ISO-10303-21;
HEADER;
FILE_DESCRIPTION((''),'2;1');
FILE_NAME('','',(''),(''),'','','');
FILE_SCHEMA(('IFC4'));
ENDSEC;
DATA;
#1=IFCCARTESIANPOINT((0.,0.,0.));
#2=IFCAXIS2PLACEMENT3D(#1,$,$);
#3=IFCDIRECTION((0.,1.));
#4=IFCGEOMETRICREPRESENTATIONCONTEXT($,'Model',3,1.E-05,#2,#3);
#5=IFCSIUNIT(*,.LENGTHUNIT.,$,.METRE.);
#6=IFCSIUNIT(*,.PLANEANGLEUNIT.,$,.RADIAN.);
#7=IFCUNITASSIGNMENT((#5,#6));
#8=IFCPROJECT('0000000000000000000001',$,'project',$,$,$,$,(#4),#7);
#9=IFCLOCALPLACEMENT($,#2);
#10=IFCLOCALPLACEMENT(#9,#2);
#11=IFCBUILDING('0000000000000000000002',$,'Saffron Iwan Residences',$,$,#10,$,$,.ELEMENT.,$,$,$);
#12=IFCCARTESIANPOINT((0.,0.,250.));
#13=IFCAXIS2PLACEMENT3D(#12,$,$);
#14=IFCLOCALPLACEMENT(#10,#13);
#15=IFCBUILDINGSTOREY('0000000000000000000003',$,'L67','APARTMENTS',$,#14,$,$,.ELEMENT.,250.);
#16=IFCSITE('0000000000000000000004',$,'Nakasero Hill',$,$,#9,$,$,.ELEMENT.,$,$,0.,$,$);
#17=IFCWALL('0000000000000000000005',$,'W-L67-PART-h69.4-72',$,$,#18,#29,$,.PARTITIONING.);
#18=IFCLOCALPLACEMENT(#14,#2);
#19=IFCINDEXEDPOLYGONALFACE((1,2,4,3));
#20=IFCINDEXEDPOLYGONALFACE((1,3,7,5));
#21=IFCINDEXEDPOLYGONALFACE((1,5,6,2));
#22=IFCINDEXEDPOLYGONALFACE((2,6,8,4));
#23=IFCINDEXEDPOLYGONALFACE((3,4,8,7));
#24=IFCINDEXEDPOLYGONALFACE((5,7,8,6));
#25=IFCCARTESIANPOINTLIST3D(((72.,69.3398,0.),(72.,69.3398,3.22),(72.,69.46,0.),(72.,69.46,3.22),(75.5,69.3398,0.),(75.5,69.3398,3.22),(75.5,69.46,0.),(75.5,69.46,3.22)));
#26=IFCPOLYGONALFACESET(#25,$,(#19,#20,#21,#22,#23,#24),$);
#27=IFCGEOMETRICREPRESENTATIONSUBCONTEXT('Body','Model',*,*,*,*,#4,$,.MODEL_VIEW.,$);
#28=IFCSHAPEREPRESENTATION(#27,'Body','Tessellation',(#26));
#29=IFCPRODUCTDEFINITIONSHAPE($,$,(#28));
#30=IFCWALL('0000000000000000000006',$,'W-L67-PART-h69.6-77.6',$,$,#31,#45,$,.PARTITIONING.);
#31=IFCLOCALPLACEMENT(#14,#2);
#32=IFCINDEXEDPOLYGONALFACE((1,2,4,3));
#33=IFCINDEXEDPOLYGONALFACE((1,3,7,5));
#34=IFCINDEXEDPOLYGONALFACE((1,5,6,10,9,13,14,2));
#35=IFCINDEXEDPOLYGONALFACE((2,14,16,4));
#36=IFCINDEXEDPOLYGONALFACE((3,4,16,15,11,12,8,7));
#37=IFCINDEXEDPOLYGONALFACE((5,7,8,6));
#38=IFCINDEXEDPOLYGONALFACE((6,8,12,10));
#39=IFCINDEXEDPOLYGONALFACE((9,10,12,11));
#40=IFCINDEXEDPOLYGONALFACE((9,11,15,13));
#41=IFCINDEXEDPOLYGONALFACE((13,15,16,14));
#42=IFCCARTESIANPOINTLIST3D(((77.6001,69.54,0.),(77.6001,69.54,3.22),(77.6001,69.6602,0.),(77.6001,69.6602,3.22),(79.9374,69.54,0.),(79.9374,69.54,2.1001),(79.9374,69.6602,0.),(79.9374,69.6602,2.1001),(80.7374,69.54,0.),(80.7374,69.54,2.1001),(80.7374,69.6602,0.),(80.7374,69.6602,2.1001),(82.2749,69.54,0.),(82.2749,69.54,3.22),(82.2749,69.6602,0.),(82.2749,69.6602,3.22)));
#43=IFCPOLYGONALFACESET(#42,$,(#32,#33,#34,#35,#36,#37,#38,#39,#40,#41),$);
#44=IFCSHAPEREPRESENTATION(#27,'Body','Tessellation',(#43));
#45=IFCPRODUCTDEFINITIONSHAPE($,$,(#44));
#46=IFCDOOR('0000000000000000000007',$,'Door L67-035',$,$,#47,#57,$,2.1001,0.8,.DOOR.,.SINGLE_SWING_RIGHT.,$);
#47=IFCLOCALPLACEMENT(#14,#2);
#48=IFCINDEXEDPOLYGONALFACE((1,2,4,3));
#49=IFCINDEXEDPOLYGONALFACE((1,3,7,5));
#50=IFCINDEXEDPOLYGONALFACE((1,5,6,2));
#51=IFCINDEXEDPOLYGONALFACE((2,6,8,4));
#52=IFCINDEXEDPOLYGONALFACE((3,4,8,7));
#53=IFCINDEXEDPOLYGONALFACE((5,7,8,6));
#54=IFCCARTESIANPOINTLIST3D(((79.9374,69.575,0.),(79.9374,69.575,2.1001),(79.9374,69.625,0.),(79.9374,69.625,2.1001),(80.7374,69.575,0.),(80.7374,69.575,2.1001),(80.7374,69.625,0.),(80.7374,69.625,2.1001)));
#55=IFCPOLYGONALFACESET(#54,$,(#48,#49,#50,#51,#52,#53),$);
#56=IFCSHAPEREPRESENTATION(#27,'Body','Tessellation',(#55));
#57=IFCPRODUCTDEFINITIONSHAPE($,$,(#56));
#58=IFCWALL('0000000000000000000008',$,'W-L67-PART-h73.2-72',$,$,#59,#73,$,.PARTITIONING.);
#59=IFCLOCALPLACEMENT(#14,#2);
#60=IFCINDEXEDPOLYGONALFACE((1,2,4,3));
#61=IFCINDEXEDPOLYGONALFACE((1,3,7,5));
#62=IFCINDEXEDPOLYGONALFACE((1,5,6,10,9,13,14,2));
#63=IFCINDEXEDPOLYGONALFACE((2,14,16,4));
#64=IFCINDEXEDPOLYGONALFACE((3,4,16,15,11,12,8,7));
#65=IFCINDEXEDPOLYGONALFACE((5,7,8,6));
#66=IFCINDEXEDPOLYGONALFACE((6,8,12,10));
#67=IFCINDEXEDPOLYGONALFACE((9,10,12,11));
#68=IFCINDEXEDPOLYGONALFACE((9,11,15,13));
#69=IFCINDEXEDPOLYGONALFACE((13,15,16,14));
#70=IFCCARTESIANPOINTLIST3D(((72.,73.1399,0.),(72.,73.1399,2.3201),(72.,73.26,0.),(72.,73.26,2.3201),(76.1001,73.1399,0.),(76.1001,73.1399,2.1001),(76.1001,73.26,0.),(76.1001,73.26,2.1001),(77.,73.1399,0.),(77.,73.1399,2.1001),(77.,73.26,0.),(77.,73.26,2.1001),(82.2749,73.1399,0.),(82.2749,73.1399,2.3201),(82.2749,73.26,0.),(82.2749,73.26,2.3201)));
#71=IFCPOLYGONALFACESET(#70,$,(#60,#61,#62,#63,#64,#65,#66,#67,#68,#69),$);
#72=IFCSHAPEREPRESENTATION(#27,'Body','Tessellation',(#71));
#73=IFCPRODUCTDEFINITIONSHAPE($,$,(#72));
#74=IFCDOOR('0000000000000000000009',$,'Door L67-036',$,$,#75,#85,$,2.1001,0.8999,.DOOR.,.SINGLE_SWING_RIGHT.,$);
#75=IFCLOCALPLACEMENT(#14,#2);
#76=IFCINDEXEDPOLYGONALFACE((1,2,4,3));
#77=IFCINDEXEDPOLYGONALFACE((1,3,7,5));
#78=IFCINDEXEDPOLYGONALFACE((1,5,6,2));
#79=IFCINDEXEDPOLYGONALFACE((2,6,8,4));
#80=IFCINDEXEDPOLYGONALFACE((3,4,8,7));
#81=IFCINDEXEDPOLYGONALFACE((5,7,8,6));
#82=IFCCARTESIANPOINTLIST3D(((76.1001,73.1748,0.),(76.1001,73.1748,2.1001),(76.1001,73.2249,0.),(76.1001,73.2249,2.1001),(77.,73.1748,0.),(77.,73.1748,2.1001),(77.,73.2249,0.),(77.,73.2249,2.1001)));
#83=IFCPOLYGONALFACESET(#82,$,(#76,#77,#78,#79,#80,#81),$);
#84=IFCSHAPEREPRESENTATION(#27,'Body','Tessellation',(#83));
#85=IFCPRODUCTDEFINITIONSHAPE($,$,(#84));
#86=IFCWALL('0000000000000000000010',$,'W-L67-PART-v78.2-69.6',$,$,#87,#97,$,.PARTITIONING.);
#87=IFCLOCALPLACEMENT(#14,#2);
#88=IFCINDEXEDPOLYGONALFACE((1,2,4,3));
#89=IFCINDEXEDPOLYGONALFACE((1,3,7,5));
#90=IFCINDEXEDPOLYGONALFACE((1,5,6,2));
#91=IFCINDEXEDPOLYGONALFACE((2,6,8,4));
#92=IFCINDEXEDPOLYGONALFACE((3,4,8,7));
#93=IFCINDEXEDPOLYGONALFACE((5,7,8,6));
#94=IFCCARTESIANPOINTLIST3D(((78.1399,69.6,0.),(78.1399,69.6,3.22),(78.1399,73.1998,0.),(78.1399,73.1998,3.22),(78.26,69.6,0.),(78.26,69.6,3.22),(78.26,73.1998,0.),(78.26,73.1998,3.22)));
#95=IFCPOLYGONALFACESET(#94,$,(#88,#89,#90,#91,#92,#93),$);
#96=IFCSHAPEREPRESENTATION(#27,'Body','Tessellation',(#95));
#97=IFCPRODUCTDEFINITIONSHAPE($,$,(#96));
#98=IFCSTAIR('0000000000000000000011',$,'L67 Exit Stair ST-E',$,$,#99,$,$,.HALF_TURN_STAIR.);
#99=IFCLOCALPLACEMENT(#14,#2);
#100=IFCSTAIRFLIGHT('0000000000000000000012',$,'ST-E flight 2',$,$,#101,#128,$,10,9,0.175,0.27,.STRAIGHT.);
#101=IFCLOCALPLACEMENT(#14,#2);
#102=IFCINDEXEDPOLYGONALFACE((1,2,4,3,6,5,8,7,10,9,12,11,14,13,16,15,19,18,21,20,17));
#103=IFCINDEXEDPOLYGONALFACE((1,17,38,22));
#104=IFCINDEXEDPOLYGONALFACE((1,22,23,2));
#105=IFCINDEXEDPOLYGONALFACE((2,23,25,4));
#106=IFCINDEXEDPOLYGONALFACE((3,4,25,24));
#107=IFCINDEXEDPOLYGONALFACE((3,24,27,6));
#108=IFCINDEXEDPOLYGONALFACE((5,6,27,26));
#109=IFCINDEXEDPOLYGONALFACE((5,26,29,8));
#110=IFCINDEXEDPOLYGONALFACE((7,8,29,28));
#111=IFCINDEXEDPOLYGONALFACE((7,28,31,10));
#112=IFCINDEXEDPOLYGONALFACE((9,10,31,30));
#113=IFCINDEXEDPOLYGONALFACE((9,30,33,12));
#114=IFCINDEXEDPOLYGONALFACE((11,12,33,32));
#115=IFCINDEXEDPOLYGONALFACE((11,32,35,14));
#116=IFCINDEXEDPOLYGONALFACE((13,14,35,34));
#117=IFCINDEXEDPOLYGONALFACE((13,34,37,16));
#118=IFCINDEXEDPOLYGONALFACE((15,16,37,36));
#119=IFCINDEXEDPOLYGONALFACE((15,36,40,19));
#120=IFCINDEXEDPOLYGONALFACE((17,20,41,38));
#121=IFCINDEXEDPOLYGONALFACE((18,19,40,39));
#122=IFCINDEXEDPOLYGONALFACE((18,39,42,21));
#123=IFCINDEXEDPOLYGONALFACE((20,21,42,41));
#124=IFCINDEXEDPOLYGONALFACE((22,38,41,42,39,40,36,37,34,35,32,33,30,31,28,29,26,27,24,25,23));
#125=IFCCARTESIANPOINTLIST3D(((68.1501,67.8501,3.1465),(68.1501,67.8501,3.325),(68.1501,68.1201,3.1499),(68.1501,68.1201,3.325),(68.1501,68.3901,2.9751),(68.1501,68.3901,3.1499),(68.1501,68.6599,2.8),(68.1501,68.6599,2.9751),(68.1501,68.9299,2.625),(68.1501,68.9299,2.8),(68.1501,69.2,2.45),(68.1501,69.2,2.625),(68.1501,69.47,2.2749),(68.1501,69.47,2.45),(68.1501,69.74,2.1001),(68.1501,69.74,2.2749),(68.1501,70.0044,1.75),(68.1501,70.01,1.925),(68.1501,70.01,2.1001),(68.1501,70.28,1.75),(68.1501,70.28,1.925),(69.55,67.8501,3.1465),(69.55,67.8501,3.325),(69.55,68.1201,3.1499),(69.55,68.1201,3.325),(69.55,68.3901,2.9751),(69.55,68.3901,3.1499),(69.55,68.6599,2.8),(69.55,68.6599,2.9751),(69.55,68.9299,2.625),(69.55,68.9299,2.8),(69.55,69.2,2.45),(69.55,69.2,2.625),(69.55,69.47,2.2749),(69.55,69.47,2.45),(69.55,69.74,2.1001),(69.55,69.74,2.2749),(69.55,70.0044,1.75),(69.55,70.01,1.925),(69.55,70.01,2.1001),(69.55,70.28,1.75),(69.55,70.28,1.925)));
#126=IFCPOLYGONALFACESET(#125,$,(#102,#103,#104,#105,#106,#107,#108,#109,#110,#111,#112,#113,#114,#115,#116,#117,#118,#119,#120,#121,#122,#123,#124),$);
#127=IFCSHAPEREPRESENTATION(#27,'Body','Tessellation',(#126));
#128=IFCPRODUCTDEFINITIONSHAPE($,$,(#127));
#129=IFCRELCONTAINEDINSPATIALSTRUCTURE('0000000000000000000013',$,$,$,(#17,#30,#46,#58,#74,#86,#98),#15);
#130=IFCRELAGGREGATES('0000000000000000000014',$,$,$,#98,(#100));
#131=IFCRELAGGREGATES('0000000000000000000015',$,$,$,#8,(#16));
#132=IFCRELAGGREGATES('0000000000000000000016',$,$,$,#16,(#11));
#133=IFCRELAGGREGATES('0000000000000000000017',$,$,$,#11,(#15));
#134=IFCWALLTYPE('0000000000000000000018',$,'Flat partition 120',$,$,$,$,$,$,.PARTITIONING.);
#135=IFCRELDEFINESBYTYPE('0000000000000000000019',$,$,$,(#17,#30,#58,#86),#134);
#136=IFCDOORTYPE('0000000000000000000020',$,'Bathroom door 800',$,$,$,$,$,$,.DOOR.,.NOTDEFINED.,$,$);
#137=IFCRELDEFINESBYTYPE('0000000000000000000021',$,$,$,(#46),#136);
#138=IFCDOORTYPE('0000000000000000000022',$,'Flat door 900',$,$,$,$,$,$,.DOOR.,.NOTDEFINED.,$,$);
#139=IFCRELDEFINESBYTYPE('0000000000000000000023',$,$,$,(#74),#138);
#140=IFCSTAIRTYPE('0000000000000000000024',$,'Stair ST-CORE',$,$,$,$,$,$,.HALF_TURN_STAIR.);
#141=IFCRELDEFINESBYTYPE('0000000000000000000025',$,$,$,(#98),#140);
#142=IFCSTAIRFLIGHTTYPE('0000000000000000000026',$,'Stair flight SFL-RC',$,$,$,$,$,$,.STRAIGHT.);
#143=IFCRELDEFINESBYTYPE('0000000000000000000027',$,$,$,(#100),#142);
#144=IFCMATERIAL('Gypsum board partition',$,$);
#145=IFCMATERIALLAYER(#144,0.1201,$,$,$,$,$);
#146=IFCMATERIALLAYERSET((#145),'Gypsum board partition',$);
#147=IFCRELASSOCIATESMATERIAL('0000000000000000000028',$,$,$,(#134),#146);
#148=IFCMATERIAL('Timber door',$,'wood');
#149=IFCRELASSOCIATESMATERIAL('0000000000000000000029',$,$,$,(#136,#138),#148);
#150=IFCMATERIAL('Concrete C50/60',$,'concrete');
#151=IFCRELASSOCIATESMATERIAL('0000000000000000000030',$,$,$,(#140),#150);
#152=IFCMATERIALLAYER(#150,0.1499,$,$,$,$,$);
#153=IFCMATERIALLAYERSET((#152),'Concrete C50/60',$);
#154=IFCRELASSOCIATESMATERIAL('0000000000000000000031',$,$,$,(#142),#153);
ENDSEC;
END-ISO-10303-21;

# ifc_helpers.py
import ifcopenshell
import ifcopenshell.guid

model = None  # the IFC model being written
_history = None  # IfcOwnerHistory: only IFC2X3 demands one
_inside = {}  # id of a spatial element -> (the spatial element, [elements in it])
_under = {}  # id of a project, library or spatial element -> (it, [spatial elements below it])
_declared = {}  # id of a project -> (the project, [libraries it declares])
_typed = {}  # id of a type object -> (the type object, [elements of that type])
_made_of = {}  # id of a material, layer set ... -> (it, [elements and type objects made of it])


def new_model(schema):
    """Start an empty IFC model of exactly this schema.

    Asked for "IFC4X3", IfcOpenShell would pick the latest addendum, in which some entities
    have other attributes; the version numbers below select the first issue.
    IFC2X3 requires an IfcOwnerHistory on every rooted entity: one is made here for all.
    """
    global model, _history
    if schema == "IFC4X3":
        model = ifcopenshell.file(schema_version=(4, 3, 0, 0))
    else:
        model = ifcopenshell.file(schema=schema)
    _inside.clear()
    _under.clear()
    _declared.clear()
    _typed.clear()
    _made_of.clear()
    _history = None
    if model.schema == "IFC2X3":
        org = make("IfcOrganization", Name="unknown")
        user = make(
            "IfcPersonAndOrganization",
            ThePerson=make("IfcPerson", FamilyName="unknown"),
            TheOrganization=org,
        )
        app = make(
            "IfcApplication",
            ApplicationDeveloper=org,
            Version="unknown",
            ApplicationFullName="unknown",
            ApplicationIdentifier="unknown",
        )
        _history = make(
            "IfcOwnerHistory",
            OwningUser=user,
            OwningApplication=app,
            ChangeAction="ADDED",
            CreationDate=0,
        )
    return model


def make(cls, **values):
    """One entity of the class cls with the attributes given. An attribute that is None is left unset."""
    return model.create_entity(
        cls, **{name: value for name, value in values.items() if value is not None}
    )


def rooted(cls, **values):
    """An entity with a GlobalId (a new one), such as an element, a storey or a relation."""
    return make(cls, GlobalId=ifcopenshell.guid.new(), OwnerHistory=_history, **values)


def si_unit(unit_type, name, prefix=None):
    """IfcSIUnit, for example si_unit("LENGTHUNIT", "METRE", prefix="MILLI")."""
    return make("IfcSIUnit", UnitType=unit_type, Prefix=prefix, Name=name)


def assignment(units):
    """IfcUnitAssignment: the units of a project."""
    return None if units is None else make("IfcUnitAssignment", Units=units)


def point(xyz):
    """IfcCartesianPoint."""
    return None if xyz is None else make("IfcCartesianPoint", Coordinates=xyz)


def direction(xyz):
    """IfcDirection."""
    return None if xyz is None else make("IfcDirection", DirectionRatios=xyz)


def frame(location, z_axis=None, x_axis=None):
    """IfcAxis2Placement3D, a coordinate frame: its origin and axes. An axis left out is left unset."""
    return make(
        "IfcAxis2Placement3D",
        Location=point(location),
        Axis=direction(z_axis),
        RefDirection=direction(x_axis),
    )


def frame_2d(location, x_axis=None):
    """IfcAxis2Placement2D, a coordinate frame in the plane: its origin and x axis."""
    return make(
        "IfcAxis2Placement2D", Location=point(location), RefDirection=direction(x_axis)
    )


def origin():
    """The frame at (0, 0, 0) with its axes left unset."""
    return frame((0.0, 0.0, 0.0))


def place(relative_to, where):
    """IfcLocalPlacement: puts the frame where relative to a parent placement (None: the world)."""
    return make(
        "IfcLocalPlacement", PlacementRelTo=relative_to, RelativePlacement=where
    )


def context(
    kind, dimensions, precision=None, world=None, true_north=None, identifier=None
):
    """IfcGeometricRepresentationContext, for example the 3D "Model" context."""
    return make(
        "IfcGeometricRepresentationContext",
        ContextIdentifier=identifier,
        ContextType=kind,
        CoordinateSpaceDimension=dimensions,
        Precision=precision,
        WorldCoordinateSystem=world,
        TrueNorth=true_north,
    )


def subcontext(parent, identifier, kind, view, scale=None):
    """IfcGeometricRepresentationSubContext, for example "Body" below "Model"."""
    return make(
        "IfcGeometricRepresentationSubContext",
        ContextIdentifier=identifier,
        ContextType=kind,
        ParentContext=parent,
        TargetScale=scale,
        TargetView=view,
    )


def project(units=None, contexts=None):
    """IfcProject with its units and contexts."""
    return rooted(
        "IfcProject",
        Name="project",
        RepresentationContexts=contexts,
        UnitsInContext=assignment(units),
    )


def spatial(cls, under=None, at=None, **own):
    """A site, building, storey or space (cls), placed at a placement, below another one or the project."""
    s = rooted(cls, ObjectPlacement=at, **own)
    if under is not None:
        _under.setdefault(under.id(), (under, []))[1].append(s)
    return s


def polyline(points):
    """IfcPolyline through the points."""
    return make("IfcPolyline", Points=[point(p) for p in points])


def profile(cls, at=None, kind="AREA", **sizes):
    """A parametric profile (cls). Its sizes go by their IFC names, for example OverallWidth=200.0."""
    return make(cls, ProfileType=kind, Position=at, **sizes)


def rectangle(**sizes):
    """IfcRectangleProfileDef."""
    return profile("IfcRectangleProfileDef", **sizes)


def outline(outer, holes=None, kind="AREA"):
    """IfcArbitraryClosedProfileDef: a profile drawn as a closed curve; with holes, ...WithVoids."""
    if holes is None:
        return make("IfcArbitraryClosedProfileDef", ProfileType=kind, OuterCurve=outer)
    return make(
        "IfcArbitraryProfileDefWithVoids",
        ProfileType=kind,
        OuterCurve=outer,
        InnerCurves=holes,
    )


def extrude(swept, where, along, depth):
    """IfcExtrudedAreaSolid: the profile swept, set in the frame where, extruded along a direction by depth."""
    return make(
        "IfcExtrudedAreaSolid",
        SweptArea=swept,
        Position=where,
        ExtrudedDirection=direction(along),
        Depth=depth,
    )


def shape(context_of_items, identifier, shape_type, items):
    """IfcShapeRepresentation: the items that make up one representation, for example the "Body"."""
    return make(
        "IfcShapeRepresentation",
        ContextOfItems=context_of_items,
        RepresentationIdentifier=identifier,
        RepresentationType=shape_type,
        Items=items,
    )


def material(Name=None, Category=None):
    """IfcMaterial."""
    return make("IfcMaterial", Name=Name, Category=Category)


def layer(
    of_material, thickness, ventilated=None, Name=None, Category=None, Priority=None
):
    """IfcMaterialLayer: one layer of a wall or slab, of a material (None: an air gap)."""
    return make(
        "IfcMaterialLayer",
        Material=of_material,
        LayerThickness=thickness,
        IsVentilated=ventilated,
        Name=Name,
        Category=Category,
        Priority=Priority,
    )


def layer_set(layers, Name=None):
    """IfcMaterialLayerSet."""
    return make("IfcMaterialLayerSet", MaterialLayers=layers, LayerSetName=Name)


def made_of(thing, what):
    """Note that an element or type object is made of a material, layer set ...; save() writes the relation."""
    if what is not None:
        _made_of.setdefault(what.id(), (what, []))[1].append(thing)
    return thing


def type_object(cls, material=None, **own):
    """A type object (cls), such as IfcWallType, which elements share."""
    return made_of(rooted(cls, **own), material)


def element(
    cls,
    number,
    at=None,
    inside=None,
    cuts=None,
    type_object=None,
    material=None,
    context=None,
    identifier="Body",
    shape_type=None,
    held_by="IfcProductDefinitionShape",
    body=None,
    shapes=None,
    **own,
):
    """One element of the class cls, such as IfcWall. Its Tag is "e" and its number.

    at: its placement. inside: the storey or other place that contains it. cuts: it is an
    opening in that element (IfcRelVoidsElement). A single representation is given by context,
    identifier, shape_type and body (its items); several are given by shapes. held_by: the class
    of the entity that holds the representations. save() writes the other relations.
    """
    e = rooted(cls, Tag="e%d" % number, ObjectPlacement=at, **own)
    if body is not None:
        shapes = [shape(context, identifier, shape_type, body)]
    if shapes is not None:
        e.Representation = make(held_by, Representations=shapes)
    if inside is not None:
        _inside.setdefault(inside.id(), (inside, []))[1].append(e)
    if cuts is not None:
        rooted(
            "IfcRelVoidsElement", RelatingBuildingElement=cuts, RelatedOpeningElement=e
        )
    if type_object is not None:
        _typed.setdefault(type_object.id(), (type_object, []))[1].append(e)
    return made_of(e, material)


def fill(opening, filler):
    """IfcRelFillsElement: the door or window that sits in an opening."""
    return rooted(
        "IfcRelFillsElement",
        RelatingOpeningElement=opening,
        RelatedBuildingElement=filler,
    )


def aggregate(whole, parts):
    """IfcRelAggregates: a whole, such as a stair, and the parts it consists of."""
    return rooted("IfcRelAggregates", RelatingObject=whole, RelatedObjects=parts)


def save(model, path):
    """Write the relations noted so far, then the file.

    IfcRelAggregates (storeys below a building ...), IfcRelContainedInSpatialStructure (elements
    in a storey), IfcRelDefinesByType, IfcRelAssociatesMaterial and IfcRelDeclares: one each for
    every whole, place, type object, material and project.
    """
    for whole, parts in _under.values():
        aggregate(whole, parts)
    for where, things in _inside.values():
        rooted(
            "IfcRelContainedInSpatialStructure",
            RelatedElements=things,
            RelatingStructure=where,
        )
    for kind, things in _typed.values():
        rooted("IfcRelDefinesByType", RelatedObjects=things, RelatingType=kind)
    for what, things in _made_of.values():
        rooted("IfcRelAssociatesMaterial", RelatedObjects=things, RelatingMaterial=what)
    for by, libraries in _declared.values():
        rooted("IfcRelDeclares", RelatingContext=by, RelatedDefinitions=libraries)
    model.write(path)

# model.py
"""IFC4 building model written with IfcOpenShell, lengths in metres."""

from ifc_helpers import new_model, si_unit, direction, frame, frame_2d, origin, place, context, subcontext, project, spatial, polyline, rectangle, outline, extrude, material, layer, layer_set, type_object, element, fill, aggregate, save


model = new_model("IFC4")

# Units and contexts
model_context = context("Model", 3, precision=1e-05, world=origin(), true_north=direction((0.0, 1.0)))
body_context = subcontext(model_context, "Body", "Model", "MODEL_VIEW")
ifc_project = project(units=[si_unit("LENGTHUNIT", "METRE"), si_unit("PLANEANGLEUNIT", "RADIAN")], contexts=[model_context])

# Site, building, storey
site_placement = place(None, origin())
site = spatial("IfcSite", under=ifc_project, at=site_placement, Name="Nakasero Hill", CompositionType="ELEMENT", RefElevation=0.0)
building_placement = place(site_placement, origin())
building = spatial("IfcBuilding", under=site, at=building_placement, Name="Saffron Iwan Residences", CompositionType="ELEMENT")
storey_placement = place(building_placement, frame((0.0, 0.0, 250.0)))
storey = spatial("IfcBuildingStorey", under=building, at=storey_placement, Name="L67", Description="APARTMENTS", CompositionType="ELEMENT", Elevation=250.0)

# Wall
ifc_material_1 = material(Name="Gypsum board partition")
ifc_layer_1 = layer(ifc_material_1, 0.1201)
ifc_layer_set_1 = layer_set([ifc_layer_1], Name="Gypsum board partition")
wall_type_1 = type_object("IfcWallType", Name="Flat partition 120", PredefinedType="PARTITIONING", material=ifc_layer_set_1)
wall_1_placement = place(storey_placement, frame((72.0, 69.3999, 0.0), z_axis=(0.0, 0.0, 1.0), x_axis=(1.0, 0.0, 0.0)))
element("IfcWall", 1, at=wall_1_placement, inside=storey, type_object=wall_type_1, Name="W-L67-PART-h69.4-72", PredefinedType="PARTITIONING", context=body_context, shape_type="SweptSolid", body=[
    extrude(rectangle(XDim=3.5, YDim=0.1201, at=frame_2d((1.75, 0.0))), origin(), (0.0, 0.0, 1.0), 3.22),
])

# Walls, openings, doors
wall_2_placement = place(storey_placement, frame((77.6001, 69.6001, 0.0), z_axis=(0.0, 0.0, 1.0), x_axis=(1.0, 0.0, 0.0)))
wall_2 = element("IfcWall", 2, at=wall_2_placement, inside=storey, type_object=wall_type_1, Name="W-L67-PART-h69.6-77.6", PredefinedType="PARTITIONING", context=body_context, shape_type="SweptSolid", body=[
    extrude(rectangle(XDim=4.6748, YDim=0.1201, at=frame_2d((2.3374, 0.0))), origin(), (0.0, 0.0, 1.0), 3.22),
])
opening_1_placement = place(wall_2_placement, frame((2.3374, 0.0, 0.0)))
opening_1 = element("IfcOpeningElement", 3, at=opening_1_placement, cuts=wall_2, PredefinedType="OPENING", context=body_context, shape_type="SweptSolid", body=[
    extrude(rectangle(XDim=0.8, YDim=2.1001, at=frame_2d((0.3999, 1.05))), frame((0.0, 0.0701, 0.0), z_axis=(0.0, -1.0, 0.0), x_axis=(1.0, 0.0, 0.0)), (0.0, 0.0, 1.0), 0.1401),
])
ifc_material_2 = material(Name="Timber door", Category="wood")
door_type_1 = type_object("IfcDoorType", Name="Bathroom door 800", OperationType="NOTDEFINED", PredefinedType="DOOR", material=ifc_material_2)
door_1_placement = place(opening_1_placement, origin())
door_1 = element("IfcDoor", 4, at=door_1_placement, inside=storey, type_object=door_type_1, Name="Door L67-035", OperationType="SINGLE_SWING_RIGHT", OverallHeight=2.1001, OverallWidth=0.8, PredefinedType="DOOR", context=body_context, shape_type="SweptSolid", body=[
    extrude(rectangle(XDim=0.8, YDim=2.1001, at=frame_2d((0.3999, 1.05))), frame((0.0, 0.0249, 0.0), z_axis=(0.0, -1.0, 0.0), x_axis=(1.0, 0.0, 0.0)), (0.0, 0.0, 1.0), 0.05),
])
fill(opening_1, door_1)
wall_3_placement = place(storey_placement, frame((72.0, 73.2, 0.0), z_axis=(0.0, 0.0, 1.0), x_axis=(1.0, 0.0, 0.0)))
wall_3 = element("IfcWall", 5, at=wall_3_placement, inside=storey, type_object=wall_type_1, Name="W-L67-PART-h73.2-72", PredefinedType="PARTITIONING", context=body_context, shape_type="SweptSolid", body=[
    extrude(rectangle(XDim=10.2749, YDim=0.1201, at=frame_2d((5.1375, 0.0))), origin(), (0.0, 0.0, 1.0), 2.3201),
])
opening_2_placement = place(wall_3_placement, frame((4.1001, 0.0, 0.0)))
opening_2 = element("IfcOpeningElement", 6, at=opening_2_placement, cuts=wall_3, PredefinedType="OPENING", context=body_context, shape_type="SweptSolid", body=[
    extrude(rectangle(XDim=0.8999, YDim=2.1001, at=frame_2d((0.45, 1.05))), frame((0.0, 0.0701, 0.0), z_axis=(0.0, -1.0, 0.0), x_axis=(1.0, 0.0, 0.0)), (0.0, 0.0, 1.0), 0.1401),
])
door_type_2 = type_object("IfcDoorType", Name="Flat door 900", OperationType="NOTDEFINED", PredefinedType="DOOR", material=ifc_material_2)
door_2_placement = place(opening_2_placement, origin())
door_2 = element("IfcDoor", 7, at=door_2_placement, inside=storey, type_object=door_type_2, Name="Door L67-036", OperationType="SINGLE_SWING_RIGHT", OverallHeight=2.1001, OverallWidth=0.8999, PredefinedType="DOOR", context=body_context, shape_type="SweptSolid", body=[
    extrude(rectangle(XDim=0.8999, YDim=2.1001, at=frame_2d((0.45, 1.05))), frame((0.0, 0.0249, 0.0), z_axis=(0.0, -1.0, 0.0), x_axis=(1.0, 0.0, 0.0)), (0.0, 0.0, 1.0), 0.05),
])
fill(opening_2, door_2)

# Wall
wall_4_placement = place(storey_placement, frame((78.2, 69.6001, 0.0), z_axis=(0.0, 0.0, 1.0), x_axis=(0.0, 1.0, 0.0)))
element("IfcWall", 8, at=wall_4_placement, inside=storey, type_object=wall_type_1, Name="W-L67-PART-v78.2-69.6", PredefinedType="PARTITIONING", context=body_context, shape_type="SweptSolid", body=[
    extrude(rectangle(XDim=3.5999, YDim=0.1201, at=frame_2d((1.7998, 0.0))), origin(), (0.0, 0.0, 1.0), 3.22),
])

# Stair, stair flight
ifc_material_3 = material(Name="Concrete C50/60", Category="concrete")
stair_type = type_object("IfcStairType", Name="Stair ST-CORE", PredefinedType="HALF_TURN_STAIR", material=ifc_material_3)
stair_placement = place(storey_placement, origin())
stair = element("IfcStair", 9, at=stair_placement, inside=storey, type_object=stair_type, Name="L67 Exit Stair ST-E", PredefinedType="HALF_TURN_STAIR")
ifc_layer_2 = layer(ifc_material_3, 0.1499)
ifc_layer_set_2 = layer_set([ifc_layer_2], Name="Concrete C50/60")
stair_flight_type = type_object("IfcStairFlightType", Name="Stair flight SFL-RC", PredefinedType="STRAIGHT", material=ifc_layer_set_2)
stair_flight_placement = place(storey_placement, frame((68.8501, 70.28, 1.75), z_axis=(0.0, 0.0, 1.0), x_axis=(0.0, -1.0, 0.0)))
stair_flight = element("IfcStairFlight", 10, at=stair_flight_placement, type_object=stair_flight_type, Name="ST-E flight 2", NumberOfRisers=10, NumberOfTreads=9, PredefinedType="STRAIGHT", RiserHeight=0.175, TreadLength=0.27, context=body_context, shape_type="SweptSolid", body=[
    extrude(outline(polyline([(0.0, 0.0), (0.0, 0.175), (0.27, 0.175), (0.27, 0.3501), (0.54, 0.3501), (0.54, 0.5249), (0.8101, 0.5249), (0.8101, 0.7), (1.0801, 0.7), (1.0801, 0.875), (1.3501, 0.875), (1.3501, 1.05), (1.6201, 1.05), (1.6201, 1.2251), (1.8899, 1.2251), (1.8899, 1.3999), (2.1599, 1.3999), (2.1599, 1.575), (2.4299, 1.575), (2.4299, 1.75), (2.4299, 1.3965), (0.2756, 0.0), (0.0, 0.0)])), frame((0.0, 0.7, 0.0), z_axis=(0.0, -1.0, 0.0), x_axis=(1.0, 0.0, 0.0)), (0.0, 0.0, 1.0), 1.3999),
])
aggregate(stair, [stair_flight])

save(model, "model.ifc")
